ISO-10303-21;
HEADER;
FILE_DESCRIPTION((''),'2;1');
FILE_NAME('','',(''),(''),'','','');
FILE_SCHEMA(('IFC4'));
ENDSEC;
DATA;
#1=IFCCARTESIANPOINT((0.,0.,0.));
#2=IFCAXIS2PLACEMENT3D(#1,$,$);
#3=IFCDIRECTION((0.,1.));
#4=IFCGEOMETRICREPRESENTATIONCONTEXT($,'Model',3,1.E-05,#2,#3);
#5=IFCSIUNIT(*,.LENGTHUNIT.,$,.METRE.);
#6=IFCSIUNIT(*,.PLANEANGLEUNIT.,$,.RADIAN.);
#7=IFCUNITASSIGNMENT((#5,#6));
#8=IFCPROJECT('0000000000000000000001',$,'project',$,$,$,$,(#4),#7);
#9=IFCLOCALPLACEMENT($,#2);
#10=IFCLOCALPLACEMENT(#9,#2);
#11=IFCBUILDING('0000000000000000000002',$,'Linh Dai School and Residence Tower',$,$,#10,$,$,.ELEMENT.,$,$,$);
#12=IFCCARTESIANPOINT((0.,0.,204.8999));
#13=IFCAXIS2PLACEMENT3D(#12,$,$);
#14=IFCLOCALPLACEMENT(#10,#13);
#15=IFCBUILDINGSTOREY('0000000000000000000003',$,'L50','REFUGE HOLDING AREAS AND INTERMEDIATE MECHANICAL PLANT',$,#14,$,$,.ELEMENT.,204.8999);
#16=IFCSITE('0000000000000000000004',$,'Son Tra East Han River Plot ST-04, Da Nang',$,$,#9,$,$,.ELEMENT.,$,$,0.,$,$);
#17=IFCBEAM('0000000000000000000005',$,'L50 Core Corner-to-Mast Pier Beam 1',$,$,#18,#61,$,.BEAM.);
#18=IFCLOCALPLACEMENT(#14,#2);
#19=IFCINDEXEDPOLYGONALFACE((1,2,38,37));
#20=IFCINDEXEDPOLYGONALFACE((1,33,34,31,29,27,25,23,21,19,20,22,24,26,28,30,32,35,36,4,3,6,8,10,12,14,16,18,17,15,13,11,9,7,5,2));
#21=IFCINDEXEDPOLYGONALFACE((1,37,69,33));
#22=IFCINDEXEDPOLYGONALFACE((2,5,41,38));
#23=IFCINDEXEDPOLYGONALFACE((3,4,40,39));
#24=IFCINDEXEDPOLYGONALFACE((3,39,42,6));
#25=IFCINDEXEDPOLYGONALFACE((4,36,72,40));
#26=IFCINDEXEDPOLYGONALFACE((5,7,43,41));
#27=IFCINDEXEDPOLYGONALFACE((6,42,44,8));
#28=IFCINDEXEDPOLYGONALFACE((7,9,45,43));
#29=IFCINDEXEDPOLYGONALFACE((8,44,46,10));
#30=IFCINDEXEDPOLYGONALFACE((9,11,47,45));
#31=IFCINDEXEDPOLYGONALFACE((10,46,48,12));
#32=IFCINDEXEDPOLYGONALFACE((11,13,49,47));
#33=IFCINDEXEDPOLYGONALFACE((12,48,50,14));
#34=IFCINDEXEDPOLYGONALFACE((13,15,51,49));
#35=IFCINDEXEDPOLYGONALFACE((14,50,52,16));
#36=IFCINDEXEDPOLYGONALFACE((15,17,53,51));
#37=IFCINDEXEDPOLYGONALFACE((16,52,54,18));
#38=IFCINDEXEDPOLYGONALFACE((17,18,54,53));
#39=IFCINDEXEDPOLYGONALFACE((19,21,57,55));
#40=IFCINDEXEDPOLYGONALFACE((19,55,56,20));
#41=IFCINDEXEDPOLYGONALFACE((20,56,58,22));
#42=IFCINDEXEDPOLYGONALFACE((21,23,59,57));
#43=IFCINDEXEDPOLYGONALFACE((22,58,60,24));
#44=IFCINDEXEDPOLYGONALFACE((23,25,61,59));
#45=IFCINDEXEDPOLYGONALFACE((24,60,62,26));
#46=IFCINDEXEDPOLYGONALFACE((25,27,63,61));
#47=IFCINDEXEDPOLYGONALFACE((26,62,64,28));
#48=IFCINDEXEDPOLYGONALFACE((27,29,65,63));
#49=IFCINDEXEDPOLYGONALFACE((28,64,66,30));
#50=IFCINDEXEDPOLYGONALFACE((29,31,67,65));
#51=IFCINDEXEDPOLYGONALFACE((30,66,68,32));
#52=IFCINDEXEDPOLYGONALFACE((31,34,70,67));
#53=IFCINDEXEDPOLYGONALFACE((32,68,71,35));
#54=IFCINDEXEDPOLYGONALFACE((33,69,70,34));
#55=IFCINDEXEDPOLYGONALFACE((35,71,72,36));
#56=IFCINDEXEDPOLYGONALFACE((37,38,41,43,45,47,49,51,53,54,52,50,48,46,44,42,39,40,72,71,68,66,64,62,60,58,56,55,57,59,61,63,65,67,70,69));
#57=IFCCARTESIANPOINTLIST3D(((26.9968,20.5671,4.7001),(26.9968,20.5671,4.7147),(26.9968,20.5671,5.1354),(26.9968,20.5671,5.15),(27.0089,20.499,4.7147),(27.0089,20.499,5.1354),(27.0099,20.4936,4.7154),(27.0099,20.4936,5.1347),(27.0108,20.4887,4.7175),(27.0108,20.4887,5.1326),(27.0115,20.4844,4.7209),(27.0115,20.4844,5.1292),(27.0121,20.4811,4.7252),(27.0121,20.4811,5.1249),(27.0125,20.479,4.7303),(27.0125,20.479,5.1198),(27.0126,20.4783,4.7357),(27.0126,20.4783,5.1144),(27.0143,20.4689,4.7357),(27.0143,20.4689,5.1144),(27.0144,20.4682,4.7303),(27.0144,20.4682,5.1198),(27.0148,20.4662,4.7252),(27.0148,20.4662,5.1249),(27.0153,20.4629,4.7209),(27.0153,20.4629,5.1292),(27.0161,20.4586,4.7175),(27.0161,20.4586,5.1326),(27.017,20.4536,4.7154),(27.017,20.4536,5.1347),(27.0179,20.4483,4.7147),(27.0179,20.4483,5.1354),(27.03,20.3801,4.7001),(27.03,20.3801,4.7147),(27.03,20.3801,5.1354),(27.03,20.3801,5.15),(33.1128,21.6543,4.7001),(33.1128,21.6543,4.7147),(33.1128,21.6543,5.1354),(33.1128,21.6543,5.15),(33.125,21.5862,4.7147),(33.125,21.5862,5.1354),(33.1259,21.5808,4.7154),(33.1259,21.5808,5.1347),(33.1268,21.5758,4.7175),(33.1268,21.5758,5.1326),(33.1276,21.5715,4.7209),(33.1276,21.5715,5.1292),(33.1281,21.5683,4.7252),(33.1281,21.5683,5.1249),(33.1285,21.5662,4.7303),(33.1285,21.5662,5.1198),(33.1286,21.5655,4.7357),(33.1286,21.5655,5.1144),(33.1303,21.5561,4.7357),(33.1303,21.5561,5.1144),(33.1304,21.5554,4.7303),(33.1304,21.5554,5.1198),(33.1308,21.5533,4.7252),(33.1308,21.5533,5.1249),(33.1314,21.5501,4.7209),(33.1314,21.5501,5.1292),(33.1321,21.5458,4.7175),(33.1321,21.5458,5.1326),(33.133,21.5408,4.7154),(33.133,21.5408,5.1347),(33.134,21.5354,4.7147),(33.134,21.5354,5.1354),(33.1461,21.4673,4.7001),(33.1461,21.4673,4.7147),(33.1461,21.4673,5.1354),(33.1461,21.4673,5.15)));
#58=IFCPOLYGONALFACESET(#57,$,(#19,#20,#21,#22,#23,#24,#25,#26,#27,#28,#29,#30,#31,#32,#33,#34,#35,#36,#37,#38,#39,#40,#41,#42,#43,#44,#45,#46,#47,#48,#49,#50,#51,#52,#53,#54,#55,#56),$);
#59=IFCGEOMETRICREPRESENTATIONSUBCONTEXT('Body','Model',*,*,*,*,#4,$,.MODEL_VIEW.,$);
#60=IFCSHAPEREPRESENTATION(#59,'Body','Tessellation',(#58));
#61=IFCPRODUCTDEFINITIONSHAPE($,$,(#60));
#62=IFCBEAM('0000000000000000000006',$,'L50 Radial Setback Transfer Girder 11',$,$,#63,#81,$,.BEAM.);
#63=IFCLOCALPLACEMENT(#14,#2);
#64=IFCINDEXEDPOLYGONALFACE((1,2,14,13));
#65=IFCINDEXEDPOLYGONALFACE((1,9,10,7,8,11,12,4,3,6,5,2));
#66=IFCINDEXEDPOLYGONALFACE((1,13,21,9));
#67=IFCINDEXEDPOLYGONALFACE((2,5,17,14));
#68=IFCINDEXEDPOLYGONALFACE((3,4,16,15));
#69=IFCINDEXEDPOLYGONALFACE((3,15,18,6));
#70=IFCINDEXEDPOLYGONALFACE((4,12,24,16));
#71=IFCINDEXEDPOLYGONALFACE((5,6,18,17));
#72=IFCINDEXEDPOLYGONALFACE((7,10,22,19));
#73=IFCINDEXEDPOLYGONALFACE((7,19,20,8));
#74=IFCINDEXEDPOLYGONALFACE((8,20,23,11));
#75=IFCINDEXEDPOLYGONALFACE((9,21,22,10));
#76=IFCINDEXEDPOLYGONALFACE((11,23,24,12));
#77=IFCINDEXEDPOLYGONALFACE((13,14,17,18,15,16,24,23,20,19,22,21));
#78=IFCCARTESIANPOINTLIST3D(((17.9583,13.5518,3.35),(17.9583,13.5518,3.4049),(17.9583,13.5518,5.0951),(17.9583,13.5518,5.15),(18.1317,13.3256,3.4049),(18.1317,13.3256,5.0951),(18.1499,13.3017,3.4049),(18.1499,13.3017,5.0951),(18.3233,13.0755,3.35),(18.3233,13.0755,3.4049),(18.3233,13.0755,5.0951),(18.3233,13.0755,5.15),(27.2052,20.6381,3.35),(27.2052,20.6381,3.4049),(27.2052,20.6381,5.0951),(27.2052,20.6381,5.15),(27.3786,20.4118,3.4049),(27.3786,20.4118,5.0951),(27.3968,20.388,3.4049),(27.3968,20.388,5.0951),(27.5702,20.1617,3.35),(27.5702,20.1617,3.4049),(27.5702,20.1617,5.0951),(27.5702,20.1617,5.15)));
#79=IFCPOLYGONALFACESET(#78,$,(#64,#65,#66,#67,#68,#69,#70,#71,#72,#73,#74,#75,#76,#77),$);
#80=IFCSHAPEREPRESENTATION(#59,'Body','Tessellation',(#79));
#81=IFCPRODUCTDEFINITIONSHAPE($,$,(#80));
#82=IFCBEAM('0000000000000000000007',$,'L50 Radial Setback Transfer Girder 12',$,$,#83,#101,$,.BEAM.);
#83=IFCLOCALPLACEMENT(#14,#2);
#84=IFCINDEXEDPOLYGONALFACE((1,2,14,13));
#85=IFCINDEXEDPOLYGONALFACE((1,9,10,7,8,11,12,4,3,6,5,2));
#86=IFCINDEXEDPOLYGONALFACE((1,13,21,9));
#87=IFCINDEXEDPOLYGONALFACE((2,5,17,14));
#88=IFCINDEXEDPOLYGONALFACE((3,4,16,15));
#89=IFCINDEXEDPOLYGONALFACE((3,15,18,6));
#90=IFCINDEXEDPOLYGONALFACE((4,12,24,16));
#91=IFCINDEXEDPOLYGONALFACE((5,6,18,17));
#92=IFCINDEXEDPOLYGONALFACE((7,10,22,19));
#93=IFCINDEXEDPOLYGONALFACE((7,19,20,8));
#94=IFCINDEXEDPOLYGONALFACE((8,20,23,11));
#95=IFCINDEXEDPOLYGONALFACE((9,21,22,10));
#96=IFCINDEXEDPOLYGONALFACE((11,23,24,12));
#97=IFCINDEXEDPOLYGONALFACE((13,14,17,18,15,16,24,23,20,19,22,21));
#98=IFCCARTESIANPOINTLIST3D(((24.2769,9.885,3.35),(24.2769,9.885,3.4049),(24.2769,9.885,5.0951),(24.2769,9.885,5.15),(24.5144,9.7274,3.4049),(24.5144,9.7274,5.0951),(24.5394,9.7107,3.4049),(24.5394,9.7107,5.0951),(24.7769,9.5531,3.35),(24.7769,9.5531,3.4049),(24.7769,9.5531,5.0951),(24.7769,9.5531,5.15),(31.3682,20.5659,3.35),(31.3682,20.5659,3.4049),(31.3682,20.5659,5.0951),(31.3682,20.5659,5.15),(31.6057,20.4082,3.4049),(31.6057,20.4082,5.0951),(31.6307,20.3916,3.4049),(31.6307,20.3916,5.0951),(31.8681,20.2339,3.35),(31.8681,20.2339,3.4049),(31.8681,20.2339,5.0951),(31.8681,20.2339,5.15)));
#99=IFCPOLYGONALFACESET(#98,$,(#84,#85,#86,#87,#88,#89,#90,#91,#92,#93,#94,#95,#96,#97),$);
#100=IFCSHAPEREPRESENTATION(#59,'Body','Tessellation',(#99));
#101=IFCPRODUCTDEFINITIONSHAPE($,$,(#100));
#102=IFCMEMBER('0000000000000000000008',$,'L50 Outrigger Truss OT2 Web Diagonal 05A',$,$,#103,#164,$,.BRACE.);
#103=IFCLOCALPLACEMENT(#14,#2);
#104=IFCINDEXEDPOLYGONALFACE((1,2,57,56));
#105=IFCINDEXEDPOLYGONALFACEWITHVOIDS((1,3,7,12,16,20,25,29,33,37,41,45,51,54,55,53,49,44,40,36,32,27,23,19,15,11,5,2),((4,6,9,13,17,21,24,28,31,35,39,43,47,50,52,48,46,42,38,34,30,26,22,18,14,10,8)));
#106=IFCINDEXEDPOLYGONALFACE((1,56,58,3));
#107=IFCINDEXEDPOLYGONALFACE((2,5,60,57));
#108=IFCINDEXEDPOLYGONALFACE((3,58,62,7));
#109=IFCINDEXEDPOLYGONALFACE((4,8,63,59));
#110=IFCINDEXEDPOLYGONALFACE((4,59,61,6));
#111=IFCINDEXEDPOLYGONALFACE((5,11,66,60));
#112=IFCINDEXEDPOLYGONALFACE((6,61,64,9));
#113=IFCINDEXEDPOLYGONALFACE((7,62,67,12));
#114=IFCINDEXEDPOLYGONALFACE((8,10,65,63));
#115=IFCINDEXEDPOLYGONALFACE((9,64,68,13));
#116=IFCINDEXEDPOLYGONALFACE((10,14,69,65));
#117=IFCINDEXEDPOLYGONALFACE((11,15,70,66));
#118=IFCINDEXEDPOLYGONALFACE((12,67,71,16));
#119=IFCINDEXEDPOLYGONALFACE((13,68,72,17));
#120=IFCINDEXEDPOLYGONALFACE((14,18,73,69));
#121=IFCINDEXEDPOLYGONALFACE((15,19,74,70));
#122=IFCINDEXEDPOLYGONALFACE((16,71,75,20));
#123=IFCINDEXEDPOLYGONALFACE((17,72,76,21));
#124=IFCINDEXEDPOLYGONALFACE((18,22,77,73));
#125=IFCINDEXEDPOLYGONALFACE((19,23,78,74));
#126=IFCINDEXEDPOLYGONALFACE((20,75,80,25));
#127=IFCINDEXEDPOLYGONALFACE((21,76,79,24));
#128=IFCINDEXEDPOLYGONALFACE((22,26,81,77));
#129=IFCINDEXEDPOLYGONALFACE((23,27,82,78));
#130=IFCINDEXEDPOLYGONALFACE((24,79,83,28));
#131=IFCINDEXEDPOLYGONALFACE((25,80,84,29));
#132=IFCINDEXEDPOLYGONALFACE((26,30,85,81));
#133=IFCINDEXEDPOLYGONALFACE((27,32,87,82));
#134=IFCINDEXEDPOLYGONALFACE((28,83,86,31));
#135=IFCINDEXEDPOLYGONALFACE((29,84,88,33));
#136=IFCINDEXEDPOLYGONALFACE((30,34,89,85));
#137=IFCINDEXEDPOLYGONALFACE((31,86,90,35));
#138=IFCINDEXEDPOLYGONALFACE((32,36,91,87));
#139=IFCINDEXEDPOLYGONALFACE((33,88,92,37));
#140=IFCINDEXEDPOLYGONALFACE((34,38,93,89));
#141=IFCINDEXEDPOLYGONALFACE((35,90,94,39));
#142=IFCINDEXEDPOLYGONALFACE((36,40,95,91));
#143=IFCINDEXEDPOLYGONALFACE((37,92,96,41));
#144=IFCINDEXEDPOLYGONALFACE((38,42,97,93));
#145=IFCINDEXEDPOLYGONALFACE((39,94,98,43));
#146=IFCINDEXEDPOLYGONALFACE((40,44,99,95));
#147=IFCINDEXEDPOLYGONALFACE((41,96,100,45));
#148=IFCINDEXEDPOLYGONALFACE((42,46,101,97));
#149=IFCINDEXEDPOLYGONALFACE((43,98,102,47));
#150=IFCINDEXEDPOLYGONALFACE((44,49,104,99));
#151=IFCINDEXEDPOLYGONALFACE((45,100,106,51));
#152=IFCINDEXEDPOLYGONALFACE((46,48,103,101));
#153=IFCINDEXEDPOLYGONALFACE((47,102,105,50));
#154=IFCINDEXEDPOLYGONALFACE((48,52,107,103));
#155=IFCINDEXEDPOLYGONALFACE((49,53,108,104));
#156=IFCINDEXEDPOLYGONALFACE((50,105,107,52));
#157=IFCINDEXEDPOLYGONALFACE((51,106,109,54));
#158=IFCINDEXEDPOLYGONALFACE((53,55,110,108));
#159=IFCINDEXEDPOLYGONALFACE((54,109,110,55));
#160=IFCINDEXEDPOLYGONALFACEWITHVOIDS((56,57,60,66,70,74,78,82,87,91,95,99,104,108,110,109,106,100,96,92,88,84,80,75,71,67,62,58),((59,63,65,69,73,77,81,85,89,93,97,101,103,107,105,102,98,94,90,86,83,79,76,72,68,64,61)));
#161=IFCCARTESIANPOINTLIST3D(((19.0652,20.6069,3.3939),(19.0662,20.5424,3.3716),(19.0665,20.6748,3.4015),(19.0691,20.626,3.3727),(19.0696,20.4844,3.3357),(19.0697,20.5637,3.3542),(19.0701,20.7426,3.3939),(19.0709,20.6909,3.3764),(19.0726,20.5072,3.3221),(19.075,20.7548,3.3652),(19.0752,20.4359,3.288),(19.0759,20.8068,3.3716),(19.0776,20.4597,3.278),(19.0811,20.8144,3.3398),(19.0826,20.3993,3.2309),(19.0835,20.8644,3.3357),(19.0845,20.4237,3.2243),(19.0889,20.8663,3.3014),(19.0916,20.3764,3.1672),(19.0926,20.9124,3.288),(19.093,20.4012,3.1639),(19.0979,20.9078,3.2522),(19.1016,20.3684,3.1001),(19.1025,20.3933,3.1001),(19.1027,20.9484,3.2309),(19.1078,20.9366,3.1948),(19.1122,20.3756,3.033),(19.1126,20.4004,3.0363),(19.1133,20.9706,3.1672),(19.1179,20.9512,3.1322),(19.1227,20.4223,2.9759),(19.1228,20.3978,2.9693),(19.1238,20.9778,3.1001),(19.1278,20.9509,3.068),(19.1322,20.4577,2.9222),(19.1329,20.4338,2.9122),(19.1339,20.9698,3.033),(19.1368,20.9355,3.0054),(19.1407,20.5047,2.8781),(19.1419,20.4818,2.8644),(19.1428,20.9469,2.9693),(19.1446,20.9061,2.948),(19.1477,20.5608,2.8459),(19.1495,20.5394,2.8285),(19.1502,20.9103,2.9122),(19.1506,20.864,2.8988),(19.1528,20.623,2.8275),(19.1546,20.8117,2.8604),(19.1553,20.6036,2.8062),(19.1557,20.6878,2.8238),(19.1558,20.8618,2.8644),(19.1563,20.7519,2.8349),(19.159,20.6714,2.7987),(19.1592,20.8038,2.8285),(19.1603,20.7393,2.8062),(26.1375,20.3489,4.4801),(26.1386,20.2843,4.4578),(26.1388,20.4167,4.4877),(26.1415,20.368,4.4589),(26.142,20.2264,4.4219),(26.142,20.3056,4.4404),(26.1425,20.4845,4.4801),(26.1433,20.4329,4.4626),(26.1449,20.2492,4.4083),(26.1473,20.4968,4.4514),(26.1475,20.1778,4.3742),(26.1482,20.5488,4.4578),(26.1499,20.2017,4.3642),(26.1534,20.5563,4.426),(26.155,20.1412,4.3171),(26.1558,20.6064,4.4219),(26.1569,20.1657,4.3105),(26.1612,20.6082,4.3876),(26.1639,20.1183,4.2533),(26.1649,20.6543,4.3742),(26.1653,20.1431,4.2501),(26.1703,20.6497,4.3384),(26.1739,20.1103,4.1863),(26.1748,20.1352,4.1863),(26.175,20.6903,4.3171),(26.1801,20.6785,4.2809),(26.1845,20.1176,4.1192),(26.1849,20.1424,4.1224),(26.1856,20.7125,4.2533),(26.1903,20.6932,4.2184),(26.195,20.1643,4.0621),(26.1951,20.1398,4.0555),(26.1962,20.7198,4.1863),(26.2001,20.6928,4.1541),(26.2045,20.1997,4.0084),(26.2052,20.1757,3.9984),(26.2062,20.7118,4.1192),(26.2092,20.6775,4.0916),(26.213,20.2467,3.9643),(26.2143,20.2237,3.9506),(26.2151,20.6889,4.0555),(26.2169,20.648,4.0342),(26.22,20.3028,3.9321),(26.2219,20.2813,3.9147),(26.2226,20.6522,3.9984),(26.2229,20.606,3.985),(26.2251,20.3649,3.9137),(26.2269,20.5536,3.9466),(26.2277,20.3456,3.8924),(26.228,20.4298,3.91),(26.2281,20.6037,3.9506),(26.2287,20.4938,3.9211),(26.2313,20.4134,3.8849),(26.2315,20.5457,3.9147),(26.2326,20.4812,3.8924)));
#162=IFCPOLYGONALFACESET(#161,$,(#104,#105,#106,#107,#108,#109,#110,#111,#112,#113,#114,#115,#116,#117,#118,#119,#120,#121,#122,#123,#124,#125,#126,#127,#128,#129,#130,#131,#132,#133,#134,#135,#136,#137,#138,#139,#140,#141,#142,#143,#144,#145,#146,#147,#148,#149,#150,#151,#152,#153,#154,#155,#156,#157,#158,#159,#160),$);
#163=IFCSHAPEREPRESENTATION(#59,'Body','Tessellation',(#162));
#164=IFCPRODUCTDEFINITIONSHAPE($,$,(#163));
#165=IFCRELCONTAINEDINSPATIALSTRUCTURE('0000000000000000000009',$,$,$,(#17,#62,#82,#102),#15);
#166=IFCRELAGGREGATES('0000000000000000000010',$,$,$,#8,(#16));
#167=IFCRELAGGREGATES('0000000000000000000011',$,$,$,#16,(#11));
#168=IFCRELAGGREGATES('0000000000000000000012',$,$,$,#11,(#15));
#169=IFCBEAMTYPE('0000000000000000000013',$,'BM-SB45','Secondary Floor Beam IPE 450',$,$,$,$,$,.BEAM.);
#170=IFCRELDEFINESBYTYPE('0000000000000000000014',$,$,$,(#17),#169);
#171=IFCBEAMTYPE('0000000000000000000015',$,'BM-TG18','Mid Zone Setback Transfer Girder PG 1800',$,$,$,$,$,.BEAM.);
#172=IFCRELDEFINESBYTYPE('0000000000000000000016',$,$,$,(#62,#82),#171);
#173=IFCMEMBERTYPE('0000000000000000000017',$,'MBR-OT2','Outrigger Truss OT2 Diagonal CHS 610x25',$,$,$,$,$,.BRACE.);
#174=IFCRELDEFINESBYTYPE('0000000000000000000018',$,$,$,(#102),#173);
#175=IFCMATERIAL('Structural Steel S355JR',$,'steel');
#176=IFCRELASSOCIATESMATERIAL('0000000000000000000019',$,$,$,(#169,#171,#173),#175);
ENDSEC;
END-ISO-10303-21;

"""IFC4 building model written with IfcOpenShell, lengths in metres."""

from ifc_helpers import new_model, si_unit, direction, frame, origin, origin_2d, place, context, subcontext, project, spatial, hollow_circle, i_section, extrude, material, material_profile, profile_set, type_object, element, save


model = new_model("IFC4")

# Units and contexts
model_context = context("Model", 3, precision=1e-05, world=origin(), true_north=direction((0.0, 1.0)))
body_context = subcontext(model_context, "Body", "Model", "MODEL_VIEW")
ifc_project = project(units=[si_unit("LENGTHUNIT", "METRE"), si_unit("PLANEANGLEUNIT", "RADIAN")], contexts=[model_context])

# Site, building, storey
site_placement = place(None, origin())
site = spatial("IfcSite", under=ifc_project, at=site_placement, Name="Son Tra East Han River Plot ST-04, Da Nang", CompositionType="ELEMENT", RefElevation=0.0)
building_placement = place(site_placement, origin())
building = spatial("IfcBuilding", under=site, at=building_placement, Name="Linh Dai School and Residence Tower", CompositionType="ELEMENT")
storey_placement = place(building_placement, frame((0.0, 0.0, 204.8999)))
storey = spatial("IfcBuildingStorey", under=building, at=storey_placement, Name="L50", Description="REFUGE HOLDING AREAS AND INTERMEDIATE MECHANICAL PLANT", CompositionType="ELEMENT", Elevation=204.8999)

# Beams
ifc_material_1 = material(Name="Structural Steel S355JR", Category="steel")
ifc_material_profile_1 = material_profile(ifc_material_1, i_section(OverallWidth=0.1899, OverallDepth=0.45, WebThickness=0.0095, FlangeThickness=0.0146, FilletRadius=0.021, at=origin_2d()), Name="IPE 450")
ifc_profile_set_1 = profile_set([ifc_material_profile_1], Name="Structural Steel S355JR")
beam_type_1 = type_object("IfcBeamType", Name="BM-SB45", Description="Secondary Floor Beam IPE 450", PredefinedType="BEAM", material=ifc_profile_set_1)
beam_1_placement = place(storey_placement, frame((27.0134, 20.4736, 4.925), z_axis=(0.984566, 0.175014, 0.0), x_axis=(-0.175014, 0.984566, 0.0)))
element("IfcBeam", 1, at=beam_1_placement, inside=storey, type_object=beam_type_1, Name="L50 Core Corner-to-Mast Pier Beam 1", PredefinedType="BEAM", context=body_context, shape_type="SweptSolid", body=[
    extrude(i_section(OverallWidth=0.1899, OverallDepth=0.45, WebThickness=0.0095, FlangeThickness=0.0146, FilletRadius=0.021, at=origin_2d()), origin(), (0.0, 0.0, 1.0), 6.2119),
])
ifc_material_profile_2 = material_profile(ifc_material_1, i_section(OverallWidth=0.6001, OverallDepth=1.8, WebThickness=0.03, FlangeThickness=0.0549, at=origin_2d()), Name="PG 1800x600x30x55")
ifc_profile_set_2 = profile_set([ifc_material_profile_2], Name="Structural Steel S355JR")
beam_type_2 = type_object("IfcBeamType", Name="BM-TG18", Description="Mid Zone Setback Transfer Girder PG 1800", PredefinedType="BEAM", material=ifc_profile_set_2)
beam_2_placement = place(storey_placement, frame((27.3877, 20.3999, 4.25), z_axis=(-0.793733, -0.608267, 0.0), x_axis=(0.608267, -0.793733, 0.0)))
element("IfcBeam", 2, at=beam_2_placement, inside=storey, type_object=beam_type_2, Name="L50 Radial Setback Transfer Girder 11", PredefinedType="BEAM", context=body_context, shape_type="SweptSolid", body=[
    extrude(i_section(OverallWidth=0.6001, OverallDepth=1.8, WebThickness=0.03, FlangeThickness=0.0549, at=origin_2d()), origin(), (0.0, 0.0, 1.0), 11.6499),
])
beam_3_placement = place(storey_placement, frame((31.6182, 20.3999, 4.25), z_axis=(-0.553117, -0.833103, 0.0), x_axis=(0.833103, -0.553117, 0.0)))
element("IfcBeam", 3, at=beam_3_placement, inside=storey, type_object=beam_type_2, Name="L50 Radial Setback Transfer Girder 12", PredefinedType="BEAM", context=body_context, shape_type="SweptSolid", body=[
    extrude(i_section(OverallWidth=0.6001, OverallDepth=1.8, WebThickness=0.03, FlangeThickness=0.0549, at=origin_2d()), origin(), (0.0, 0.0, 1.0), 12.8206),
])

# Member
ifc_material_profile_3 = material_profile(ifc_material_1, hollow_circle(Radius=0.3049, WallThickness=0.0249, at=origin_2d()), Name="CHS 610x25")
ifc_profile_set_3 = profile_set([ifc_material_profile_3], Name="Structural Steel S355JR")
member_type = type_object("IfcMemberType", Name="MBR-OT2", Description="Outrigger Truss OT2 Diagonal CHS 610x25", PredefinedType="BRACE", material=ifc_profile_set_3)
member_1_placement = place(storey_placement, frame((26.1851, 20.415, 4.1863), z_axis=(-0.987769, 0.036042, -0.151705), x_axis=(-0.036464, -0.999335, 0.0)))
element("IfcMember", 4, at=member_1_placement, inside=storey, type_object=member_type, Name="L50 Outrigger Truss OT2 Web Diagonal 05A", PredefinedType="BRACE", context=body_context, shape_type="SweptSolid", body=[
    extrude(hollow_circle(Radius=0.3049, WallThickness=0.0249, at=origin_2d()), origin(), (0.0, 0.0, 1.0), 7.1599),
])

save(model, "model.ifc")
